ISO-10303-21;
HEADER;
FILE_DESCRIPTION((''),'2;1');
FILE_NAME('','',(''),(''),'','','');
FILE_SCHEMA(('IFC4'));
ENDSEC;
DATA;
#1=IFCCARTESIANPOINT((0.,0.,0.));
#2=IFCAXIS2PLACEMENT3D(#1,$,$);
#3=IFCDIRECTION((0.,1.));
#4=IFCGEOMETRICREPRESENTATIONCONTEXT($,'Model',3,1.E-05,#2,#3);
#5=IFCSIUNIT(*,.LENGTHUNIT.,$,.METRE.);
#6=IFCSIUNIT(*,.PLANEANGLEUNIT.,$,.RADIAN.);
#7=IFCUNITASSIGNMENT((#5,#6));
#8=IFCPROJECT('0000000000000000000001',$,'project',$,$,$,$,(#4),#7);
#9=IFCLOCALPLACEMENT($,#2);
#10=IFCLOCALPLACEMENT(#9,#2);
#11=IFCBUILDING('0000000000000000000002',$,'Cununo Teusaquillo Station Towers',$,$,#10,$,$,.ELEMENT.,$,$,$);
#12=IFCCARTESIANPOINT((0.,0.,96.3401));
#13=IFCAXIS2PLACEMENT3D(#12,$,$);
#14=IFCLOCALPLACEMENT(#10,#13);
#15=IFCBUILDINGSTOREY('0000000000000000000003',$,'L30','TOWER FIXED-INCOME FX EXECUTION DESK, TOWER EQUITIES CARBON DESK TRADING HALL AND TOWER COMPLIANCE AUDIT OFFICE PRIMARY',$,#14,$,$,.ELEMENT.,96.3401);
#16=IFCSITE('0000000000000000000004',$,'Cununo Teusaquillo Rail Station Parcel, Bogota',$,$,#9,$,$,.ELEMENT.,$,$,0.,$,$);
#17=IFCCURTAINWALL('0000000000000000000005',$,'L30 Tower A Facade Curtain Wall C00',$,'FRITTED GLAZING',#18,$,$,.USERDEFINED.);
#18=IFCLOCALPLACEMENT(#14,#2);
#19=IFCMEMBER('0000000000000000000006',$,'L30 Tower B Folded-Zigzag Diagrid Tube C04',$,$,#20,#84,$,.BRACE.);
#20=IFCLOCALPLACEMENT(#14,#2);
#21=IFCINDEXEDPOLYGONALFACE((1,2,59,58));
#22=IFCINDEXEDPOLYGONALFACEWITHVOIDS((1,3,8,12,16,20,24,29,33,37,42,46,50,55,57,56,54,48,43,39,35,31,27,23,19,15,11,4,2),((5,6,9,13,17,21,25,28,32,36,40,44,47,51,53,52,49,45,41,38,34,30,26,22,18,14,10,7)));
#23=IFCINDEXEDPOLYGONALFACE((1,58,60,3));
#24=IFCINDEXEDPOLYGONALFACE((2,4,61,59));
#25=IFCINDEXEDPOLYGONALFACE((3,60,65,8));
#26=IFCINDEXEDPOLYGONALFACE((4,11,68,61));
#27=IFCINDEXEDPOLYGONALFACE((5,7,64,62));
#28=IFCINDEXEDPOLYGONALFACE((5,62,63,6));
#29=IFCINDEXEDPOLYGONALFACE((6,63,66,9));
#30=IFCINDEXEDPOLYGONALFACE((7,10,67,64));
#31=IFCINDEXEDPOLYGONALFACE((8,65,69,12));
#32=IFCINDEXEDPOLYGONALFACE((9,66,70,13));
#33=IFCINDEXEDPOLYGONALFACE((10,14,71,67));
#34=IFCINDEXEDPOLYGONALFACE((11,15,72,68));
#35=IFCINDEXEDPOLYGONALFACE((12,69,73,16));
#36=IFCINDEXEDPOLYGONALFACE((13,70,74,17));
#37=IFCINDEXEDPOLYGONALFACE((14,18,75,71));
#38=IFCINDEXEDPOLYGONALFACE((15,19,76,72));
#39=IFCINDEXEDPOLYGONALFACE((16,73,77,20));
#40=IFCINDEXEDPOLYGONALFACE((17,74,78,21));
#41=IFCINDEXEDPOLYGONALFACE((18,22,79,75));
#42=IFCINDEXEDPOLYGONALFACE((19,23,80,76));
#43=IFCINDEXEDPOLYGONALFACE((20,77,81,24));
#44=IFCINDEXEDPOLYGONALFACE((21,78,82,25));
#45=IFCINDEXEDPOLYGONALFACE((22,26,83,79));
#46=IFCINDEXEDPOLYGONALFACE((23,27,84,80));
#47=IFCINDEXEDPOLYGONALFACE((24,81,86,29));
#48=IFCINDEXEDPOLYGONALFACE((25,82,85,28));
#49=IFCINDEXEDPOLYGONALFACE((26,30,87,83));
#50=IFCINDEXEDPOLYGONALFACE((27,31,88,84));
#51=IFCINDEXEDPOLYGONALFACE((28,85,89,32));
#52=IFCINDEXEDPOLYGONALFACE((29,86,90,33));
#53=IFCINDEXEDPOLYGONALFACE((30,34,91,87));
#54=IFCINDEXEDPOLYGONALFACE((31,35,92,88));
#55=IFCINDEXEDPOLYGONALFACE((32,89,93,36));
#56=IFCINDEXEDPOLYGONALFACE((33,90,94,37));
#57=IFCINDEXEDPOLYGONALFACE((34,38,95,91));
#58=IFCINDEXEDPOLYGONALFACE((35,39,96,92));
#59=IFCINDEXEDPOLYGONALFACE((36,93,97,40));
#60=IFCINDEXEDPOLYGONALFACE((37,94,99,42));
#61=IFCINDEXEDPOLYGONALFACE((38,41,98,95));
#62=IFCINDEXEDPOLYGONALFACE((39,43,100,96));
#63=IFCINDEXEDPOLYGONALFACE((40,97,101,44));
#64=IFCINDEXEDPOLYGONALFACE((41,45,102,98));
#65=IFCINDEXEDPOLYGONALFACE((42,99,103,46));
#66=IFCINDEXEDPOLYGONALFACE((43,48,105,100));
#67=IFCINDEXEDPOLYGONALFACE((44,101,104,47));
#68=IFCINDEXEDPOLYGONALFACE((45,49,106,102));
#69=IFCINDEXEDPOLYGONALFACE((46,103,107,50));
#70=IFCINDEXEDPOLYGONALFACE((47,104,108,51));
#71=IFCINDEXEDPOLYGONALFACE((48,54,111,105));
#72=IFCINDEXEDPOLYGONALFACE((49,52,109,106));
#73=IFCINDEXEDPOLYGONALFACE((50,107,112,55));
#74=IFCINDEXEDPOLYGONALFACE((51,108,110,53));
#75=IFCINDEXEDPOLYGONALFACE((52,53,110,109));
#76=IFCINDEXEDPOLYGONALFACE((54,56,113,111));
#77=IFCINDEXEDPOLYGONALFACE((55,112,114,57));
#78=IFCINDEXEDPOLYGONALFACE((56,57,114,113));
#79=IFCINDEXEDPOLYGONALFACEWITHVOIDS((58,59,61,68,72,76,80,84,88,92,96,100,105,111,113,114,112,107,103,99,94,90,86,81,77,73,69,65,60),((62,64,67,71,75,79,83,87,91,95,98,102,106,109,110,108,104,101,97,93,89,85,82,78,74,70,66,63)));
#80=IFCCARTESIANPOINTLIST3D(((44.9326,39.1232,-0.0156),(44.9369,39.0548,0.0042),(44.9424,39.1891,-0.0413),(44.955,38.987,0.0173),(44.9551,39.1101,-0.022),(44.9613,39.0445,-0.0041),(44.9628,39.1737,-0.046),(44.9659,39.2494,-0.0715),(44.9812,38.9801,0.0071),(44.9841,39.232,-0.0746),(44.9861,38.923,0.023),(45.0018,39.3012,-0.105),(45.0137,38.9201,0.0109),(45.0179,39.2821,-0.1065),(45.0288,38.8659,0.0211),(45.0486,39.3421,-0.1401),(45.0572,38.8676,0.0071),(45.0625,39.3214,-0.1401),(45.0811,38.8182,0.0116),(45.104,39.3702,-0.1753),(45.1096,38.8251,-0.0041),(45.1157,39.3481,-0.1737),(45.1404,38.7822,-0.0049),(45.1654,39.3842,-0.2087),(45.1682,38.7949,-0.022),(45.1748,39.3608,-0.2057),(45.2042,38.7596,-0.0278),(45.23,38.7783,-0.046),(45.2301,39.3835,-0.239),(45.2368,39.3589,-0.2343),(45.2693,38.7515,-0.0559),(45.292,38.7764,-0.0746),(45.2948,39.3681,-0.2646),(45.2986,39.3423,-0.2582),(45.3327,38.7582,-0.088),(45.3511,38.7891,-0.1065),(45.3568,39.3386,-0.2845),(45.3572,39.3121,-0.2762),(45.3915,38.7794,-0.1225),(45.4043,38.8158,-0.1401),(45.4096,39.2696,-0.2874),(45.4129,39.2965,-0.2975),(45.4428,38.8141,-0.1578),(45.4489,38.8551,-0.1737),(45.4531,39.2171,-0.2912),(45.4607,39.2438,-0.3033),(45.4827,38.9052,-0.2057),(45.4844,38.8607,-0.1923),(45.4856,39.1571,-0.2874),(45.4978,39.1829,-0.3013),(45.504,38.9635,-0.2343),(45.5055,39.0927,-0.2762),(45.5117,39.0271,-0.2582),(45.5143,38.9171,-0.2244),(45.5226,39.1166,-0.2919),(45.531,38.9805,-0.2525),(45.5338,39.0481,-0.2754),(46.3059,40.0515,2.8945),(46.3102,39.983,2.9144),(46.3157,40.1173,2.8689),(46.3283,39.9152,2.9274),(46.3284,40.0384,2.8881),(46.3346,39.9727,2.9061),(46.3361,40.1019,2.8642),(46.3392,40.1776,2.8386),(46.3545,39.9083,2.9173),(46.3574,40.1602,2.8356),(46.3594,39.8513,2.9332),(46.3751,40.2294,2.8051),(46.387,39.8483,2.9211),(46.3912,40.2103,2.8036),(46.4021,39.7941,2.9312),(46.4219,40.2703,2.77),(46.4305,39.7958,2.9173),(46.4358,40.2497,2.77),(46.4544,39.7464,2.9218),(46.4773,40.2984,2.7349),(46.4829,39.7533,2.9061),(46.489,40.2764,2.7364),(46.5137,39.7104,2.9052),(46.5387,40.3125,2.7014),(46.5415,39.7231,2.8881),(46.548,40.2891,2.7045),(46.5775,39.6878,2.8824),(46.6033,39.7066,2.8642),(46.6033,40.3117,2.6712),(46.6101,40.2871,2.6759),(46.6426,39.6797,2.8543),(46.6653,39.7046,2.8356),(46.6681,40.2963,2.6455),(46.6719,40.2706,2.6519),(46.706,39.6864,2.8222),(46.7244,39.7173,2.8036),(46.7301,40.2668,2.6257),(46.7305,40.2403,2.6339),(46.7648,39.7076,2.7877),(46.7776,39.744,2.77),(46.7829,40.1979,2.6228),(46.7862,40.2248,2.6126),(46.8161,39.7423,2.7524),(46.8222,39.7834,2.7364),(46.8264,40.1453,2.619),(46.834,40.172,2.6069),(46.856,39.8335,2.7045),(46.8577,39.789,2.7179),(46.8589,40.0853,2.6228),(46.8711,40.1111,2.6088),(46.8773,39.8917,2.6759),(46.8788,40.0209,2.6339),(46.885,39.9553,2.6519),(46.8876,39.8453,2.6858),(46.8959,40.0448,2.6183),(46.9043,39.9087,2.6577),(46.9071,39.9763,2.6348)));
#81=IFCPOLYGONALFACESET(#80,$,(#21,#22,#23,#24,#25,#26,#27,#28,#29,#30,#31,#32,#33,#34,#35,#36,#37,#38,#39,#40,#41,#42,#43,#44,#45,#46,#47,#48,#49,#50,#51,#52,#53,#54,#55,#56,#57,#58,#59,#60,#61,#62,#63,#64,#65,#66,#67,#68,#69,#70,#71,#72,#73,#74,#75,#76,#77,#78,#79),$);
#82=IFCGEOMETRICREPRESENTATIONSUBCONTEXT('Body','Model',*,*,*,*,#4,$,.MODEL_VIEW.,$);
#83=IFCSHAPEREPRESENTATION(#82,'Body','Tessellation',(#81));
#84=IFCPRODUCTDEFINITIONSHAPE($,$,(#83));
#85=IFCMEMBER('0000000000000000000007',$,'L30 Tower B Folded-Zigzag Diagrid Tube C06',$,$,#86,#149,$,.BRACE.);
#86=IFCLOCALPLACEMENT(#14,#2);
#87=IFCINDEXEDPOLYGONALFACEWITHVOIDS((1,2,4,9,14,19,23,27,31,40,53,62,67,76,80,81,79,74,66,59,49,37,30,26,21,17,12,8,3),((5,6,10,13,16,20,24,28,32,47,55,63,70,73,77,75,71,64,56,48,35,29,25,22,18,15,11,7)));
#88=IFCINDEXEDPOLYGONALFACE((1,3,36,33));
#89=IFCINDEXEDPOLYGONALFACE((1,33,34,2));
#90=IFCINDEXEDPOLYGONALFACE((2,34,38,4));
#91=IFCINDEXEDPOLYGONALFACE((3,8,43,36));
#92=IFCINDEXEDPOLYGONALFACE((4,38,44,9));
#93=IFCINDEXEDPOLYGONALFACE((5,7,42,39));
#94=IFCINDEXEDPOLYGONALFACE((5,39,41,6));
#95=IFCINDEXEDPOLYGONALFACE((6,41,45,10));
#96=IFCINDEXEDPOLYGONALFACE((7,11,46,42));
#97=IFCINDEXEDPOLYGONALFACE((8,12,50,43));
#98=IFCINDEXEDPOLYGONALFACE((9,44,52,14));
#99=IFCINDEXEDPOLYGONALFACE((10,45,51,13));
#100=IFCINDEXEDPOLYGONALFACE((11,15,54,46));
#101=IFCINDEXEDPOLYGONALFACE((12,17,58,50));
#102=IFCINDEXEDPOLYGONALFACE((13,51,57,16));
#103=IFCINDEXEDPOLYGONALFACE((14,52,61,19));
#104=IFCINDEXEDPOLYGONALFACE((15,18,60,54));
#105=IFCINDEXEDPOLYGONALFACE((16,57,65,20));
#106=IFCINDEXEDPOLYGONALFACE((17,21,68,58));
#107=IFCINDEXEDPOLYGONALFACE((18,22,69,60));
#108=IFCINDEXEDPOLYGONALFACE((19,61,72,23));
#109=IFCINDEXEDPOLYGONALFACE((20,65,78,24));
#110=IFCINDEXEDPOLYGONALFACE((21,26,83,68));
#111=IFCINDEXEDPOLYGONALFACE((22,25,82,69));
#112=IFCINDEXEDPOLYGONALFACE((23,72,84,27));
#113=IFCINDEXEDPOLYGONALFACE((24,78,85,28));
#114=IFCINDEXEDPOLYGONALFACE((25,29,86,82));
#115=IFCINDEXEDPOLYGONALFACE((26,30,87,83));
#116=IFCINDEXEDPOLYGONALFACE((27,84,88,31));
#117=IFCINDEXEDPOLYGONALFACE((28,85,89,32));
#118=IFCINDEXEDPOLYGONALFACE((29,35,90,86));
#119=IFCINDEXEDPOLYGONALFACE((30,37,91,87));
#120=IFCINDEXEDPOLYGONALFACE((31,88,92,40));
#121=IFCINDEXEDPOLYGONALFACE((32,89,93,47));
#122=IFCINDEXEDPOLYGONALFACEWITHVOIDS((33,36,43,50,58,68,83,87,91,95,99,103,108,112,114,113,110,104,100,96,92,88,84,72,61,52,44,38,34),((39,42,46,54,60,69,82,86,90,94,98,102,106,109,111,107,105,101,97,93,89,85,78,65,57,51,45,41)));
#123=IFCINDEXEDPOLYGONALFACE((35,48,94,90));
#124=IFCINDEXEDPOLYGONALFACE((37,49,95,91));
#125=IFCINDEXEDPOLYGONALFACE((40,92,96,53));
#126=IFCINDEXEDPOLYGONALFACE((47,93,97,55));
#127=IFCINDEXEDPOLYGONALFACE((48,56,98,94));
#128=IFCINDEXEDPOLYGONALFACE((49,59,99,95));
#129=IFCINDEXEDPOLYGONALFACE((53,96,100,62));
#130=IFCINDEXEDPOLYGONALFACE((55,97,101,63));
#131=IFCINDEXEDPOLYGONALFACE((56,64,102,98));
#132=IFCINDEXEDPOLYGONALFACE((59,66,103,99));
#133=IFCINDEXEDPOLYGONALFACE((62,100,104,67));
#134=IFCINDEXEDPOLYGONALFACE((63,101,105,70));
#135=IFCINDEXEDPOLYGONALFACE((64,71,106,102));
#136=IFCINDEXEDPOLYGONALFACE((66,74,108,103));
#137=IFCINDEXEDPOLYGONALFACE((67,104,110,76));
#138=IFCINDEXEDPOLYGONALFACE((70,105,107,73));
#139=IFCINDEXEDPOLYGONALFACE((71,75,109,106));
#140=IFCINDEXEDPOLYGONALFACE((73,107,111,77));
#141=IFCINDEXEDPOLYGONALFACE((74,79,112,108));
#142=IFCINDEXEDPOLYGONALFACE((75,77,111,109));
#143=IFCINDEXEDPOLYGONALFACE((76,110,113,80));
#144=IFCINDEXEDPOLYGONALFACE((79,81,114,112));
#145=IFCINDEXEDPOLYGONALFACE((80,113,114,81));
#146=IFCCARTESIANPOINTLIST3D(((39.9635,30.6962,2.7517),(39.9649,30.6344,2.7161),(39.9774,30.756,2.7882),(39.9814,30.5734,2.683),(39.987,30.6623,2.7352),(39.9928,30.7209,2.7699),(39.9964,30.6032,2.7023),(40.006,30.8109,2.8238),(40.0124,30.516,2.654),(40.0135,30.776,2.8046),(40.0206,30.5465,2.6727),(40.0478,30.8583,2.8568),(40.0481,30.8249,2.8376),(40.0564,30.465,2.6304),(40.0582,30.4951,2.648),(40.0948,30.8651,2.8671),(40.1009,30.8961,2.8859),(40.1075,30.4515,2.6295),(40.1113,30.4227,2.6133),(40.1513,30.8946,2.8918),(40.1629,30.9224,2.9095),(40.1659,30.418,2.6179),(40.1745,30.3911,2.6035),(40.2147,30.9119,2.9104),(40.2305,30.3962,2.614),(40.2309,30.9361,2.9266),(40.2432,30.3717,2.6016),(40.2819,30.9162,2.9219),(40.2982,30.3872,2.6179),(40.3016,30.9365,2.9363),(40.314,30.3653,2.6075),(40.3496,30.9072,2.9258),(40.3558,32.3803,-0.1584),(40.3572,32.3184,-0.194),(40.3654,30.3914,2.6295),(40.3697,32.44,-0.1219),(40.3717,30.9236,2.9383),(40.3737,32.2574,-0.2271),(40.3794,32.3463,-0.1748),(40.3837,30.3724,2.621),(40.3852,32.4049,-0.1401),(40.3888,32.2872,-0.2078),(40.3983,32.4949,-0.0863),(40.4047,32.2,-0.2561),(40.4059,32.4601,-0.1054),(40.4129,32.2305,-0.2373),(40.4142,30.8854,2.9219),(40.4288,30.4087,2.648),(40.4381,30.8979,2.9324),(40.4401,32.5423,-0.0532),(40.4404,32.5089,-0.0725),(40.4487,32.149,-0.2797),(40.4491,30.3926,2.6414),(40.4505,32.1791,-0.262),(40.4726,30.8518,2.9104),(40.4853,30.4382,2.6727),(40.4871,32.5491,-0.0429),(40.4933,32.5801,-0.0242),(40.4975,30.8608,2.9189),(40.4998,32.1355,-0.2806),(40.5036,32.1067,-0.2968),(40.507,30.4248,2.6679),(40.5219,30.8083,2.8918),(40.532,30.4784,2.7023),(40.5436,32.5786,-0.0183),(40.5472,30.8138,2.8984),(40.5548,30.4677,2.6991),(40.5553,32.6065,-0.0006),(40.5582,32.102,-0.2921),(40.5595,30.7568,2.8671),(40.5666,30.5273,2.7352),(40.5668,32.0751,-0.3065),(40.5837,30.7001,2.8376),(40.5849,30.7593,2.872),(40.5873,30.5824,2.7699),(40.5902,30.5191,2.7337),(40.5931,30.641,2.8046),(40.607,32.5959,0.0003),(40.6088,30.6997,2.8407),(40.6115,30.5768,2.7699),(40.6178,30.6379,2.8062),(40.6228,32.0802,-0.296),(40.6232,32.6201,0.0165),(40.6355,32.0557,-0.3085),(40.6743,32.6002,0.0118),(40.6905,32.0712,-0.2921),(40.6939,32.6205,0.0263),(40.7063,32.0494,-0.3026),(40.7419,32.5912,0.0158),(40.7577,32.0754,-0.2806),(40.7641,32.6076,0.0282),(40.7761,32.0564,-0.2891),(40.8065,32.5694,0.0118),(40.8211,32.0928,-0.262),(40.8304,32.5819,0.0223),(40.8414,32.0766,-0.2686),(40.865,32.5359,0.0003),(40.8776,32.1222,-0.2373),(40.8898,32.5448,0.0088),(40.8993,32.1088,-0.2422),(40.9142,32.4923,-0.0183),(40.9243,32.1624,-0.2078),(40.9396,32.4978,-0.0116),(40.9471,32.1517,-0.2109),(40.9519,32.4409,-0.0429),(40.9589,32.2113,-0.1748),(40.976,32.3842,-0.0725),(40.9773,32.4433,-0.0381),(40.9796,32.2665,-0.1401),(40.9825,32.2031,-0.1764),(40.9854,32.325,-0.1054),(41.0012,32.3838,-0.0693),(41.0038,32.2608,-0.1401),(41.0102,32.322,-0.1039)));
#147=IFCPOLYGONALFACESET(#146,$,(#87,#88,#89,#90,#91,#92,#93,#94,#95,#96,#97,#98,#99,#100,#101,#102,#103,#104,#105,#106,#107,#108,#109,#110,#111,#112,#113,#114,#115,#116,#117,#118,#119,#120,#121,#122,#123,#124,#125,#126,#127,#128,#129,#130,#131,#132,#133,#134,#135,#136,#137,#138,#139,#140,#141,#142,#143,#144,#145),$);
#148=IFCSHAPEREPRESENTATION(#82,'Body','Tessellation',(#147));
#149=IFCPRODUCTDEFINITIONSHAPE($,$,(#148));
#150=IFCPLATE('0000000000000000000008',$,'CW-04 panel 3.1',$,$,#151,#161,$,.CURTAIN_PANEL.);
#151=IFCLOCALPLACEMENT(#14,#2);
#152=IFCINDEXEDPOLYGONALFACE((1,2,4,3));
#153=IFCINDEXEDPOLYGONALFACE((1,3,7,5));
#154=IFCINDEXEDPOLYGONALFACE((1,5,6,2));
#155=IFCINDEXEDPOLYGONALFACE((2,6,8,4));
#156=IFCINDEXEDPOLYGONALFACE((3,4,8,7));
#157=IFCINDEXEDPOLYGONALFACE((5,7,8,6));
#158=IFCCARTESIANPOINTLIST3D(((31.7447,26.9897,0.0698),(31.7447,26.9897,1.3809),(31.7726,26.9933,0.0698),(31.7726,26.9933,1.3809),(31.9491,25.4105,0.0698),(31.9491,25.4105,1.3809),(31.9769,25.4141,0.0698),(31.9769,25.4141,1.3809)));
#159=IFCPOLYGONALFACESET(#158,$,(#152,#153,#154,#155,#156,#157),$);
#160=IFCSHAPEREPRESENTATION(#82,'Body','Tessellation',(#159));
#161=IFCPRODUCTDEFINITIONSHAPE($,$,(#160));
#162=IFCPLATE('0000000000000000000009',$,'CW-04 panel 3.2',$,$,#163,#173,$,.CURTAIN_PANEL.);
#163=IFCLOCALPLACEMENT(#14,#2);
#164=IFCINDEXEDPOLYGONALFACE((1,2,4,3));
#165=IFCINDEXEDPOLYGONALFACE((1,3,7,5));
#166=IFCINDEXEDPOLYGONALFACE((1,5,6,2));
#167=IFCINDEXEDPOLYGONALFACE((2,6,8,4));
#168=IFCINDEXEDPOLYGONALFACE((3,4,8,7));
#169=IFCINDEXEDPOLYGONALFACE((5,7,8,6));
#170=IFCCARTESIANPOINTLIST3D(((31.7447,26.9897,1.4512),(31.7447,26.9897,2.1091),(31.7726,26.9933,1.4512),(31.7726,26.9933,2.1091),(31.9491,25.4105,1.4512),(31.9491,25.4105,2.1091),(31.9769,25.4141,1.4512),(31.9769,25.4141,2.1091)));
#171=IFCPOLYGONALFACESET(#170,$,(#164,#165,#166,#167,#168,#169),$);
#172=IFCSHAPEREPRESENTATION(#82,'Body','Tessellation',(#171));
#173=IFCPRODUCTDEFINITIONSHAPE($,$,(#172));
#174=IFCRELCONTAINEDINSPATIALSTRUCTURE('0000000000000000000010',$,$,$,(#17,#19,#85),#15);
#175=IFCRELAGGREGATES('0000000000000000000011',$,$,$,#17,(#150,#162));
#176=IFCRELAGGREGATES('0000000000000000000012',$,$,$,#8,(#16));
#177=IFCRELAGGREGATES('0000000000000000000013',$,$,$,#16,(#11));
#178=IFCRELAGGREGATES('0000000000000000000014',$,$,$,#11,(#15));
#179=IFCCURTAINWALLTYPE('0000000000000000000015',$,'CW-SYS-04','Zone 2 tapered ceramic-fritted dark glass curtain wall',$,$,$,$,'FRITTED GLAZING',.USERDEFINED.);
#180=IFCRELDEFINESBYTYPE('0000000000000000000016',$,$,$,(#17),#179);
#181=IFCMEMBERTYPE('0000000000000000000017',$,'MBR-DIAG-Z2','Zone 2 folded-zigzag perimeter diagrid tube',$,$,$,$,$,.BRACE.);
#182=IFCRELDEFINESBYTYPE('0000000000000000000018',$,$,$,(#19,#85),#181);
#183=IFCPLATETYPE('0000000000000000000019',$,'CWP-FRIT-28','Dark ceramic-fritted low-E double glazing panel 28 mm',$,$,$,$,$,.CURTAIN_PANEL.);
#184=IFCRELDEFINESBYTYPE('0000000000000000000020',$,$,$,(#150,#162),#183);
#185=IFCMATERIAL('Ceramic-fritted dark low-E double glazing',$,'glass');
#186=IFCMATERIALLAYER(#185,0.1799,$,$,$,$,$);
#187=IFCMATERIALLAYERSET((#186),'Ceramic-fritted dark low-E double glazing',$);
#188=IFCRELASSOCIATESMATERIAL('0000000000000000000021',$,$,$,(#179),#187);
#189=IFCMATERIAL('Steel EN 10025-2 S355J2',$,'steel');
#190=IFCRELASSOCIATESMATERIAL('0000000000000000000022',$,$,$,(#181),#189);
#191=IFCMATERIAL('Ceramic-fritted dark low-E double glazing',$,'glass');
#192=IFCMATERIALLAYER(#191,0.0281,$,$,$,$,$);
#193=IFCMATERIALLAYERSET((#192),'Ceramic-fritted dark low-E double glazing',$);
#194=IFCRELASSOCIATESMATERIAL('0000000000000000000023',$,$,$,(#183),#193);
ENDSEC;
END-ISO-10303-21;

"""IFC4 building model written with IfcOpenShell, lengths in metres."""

from ifc_helpers import new_model, si_unit, direction, frame, origin, origin_2d, place, context, subcontext, project, spatial, rectangle, hollow_circle, extrude, source, transform, mapped, material, layer, layer_set, material_profile, profile_set, type_object, element, aggregate, save


model = new_model("IFC4")

# Units and contexts
model_context = context("Model", 3, precision=1e-05, world=origin(), true_north=direction((0.0, 1.0)))
body_context = subcontext(model_context, "Body", "Model", "MODEL_VIEW")
ifc_project = project(units=[si_unit("LENGTHUNIT", "METRE"), si_unit("PLANEANGLEUNIT", "RADIAN")], contexts=[model_context])

# Site, building, storey
site_placement = place(None, origin())
site = spatial("IfcSite", under=ifc_project, at=site_placement, Name="Cununo Teusaquillo Rail Station Parcel, Bogota", CompositionType="ELEMENT", RefElevation=0.0)
building_placement = place(site_placement, origin())
building = spatial("IfcBuilding", under=site, at=building_placement, Name="Cununo Teusaquillo Station Towers", CompositionType="ELEMENT")
storey_placement = place(building_placement, frame((0.0, 0.0, 96.3401)))
storey = spatial("IfcBuildingStorey", under=building, at=storey_placement, Name="L30", Description="TOWER FIXED-INCOME FX EXECUTION DESK, TOWER EQUITIES CARBON DESK TRADING HALL AND TOWER COMPLIANCE AUDIT OFFICE PRIMARY", CompositionType="ELEMENT", Elevation=96.3401)

# Curtain wall
ifc_material_1 = material(Name="Ceramic-fritted dark low-E double glazing", Category="glass")
ifc_layer_1 = layer(ifc_material_1, 0.1799)
ifc_layer_set_1 = layer_set([ifc_layer_1], Name="Ceramic-fritted dark low-E double glazing")
curtain_wall_type = type_object("IfcCurtainWallType", Name="CW-SYS-04", Description="Zone 2 tapered ceramic-fritted dark glass curtain wall", ElementType="FRITTED GLAZING", PredefinedType="USERDEFINED", material=ifc_layer_set_1)
curtain_wall_placement = place(storey_placement, origin())
curtain_wall = element("IfcCurtainWall", 1, at=curtain_wall_placement, inside=storey, type_object=curtain_wall_type, Name="L30 Tower A Facade Curtain Wall C00", ObjectType="FRITTED GLAZING", PredefinedType="USERDEFINED")

# Members
ifc_material_2 = material(Name="Steel EN 10025-2 S355J2", Category="steel")
ifc_material_profile_1 = material_profile(ifc_material_2, hollow_circle(Radius=0.3301, WallThickness=0.0249, at=origin_2d()), Name="CHS 660x25")
ifc_profile_set_1 = profile_set([ifc_material_profile_1], Name="Steel EN 10025-2 S355J2")
member_type_1 = type_object("IfcMemberType", Name="MBR-DIAG-Z2", Description="Zone 2 folded-zigzag perimeter diagrid tube", PredefinedType="BRACE", material=ifc_profile_set_1)
member_1_placement = place(storey_placement, frame((45.2334, 39.0686, -0.1401), z_axis=(0.410047, 0.277155, 0.868934), x_axis=(-0.559991, 0.828498, 0.0)))
element("IfcMember", 2, at=member_1_placement, inside=storey, type_object=member_type_1, Name="L30 Tower B Folded-Zigzag Diagrid Tube C04", PredefinedType="BRACE", context=body_context, shape_type="SweptSolid", body=[
    extrude(hollow_circle(Radius=0.3301, WallThickness=0.0249, at=origin_2d()), origin(), (0.0, 0.0, 1.0), 3.3491),
])
member_2_placement = place(storey_placement, frame((40.6824, 32.3357, -0.1401), z_axis=(-0.115899, -0.497495, 0.85969), x_axis=(0.97392, -0.22689, 0.0)))
element("IfcMember", 3, at=member_2_placement, inside=storey, type_object=member_type_1, Name="L30 Tower B Folded-Zigzag Diagrid Tube C06", PredefinedType="BRACE", context=body_context, shape_type="SweptSolid", body=[
    extrude(hollow_circle(Radius=0.3301, WallThickness=0.0249, at=origin_2d()), origin(), (0.0, 0.0, 1.0), 3.385),
])

# Plates
ifc_material_3 = material(Name="Ceramic-fritted dark low-E double glazing", Category="glass")
ifc_layer_2 = layer(ifc_material_3, 0.0281)
ifc_layer_set_2 = layer_set([ifc_layer_2], Name="Ceramic-fritted dark low-E double glazing")
plate_type = type_object("IfcPlateType", Name="CWP-FRIT-28", Description="Dark ceramic-fritted low-E double glazing panel 28 mm", PredefinedType="CURTAIN_PANEL", material=ifc_layer_set_2)
shared_shape_1 = source(origin(), body_context, "Body", "SweptSolid", [
    extrude(rectangle(XDim=1.5923, YDim=0.0281, at=origin_2d()), origin(), (0.0, 0.0, 1.0), 1.311),
])
plate_1_placement = place(storey_placement, frame((31.8608, 26.2019, 0.0698), z_axis=(0.0, 0.0, 1.0), x_axis=(0.128336, -0.991731, 0.0)))
plate_1 = element("IfcPlate", 4, at=plate_1_placement, type_object=plate_type, Name="CW-04 panel 3.1", PredefinedType="CURTAIN_PANEL", context=body_context, shape_type="MappedRepresentation", body=[
    mapped(shared_shape_1, transform((0.0, 0.0, 0.0), x_axis=(1.0, 0.0, 0.0), y_axis=(0.0, 1.0, 0.0), z_axis=(0.0, 0.0, 1.0), scale=1.0)),
])
shared_shape_2 = source(origin(), body_context, "Body", "SweptSolid", [
    extrude(rectangle(XDim=1.5923, YDim=0.0281, at=origin_2d()), origin(), (0.0, 0.0, 1.0), 0.658),
])
plate_2_placement = place(storey_placement, frame((31.8608, 26.2019, 1.4512), z_axis=(0.0, 0.0, 1.0), x_axis=(0.128336, -0.991731, 0.0)))
plate_2 = element("IfcPlate", 5, at=plate_2_placement, type_object=plate_type, Name="CW-04 panel 3.2", PredefinedType="CURTAIN_PANEL", context=body_context, shape_type="MappedRepresentation", body=[
    mapped(shared_shape_2, transform((0.0, 0.0, 0.0), x_axis=(1.0, 0.0, 0.0), y_axis=(0.0, 1.0, 0.0), z_axis=(0.0, 0.0, 1.0), scale=1.0)),
])
aggregate(curtain_wall, [plate_1, plate_2])

save(model, "model.ifc")
